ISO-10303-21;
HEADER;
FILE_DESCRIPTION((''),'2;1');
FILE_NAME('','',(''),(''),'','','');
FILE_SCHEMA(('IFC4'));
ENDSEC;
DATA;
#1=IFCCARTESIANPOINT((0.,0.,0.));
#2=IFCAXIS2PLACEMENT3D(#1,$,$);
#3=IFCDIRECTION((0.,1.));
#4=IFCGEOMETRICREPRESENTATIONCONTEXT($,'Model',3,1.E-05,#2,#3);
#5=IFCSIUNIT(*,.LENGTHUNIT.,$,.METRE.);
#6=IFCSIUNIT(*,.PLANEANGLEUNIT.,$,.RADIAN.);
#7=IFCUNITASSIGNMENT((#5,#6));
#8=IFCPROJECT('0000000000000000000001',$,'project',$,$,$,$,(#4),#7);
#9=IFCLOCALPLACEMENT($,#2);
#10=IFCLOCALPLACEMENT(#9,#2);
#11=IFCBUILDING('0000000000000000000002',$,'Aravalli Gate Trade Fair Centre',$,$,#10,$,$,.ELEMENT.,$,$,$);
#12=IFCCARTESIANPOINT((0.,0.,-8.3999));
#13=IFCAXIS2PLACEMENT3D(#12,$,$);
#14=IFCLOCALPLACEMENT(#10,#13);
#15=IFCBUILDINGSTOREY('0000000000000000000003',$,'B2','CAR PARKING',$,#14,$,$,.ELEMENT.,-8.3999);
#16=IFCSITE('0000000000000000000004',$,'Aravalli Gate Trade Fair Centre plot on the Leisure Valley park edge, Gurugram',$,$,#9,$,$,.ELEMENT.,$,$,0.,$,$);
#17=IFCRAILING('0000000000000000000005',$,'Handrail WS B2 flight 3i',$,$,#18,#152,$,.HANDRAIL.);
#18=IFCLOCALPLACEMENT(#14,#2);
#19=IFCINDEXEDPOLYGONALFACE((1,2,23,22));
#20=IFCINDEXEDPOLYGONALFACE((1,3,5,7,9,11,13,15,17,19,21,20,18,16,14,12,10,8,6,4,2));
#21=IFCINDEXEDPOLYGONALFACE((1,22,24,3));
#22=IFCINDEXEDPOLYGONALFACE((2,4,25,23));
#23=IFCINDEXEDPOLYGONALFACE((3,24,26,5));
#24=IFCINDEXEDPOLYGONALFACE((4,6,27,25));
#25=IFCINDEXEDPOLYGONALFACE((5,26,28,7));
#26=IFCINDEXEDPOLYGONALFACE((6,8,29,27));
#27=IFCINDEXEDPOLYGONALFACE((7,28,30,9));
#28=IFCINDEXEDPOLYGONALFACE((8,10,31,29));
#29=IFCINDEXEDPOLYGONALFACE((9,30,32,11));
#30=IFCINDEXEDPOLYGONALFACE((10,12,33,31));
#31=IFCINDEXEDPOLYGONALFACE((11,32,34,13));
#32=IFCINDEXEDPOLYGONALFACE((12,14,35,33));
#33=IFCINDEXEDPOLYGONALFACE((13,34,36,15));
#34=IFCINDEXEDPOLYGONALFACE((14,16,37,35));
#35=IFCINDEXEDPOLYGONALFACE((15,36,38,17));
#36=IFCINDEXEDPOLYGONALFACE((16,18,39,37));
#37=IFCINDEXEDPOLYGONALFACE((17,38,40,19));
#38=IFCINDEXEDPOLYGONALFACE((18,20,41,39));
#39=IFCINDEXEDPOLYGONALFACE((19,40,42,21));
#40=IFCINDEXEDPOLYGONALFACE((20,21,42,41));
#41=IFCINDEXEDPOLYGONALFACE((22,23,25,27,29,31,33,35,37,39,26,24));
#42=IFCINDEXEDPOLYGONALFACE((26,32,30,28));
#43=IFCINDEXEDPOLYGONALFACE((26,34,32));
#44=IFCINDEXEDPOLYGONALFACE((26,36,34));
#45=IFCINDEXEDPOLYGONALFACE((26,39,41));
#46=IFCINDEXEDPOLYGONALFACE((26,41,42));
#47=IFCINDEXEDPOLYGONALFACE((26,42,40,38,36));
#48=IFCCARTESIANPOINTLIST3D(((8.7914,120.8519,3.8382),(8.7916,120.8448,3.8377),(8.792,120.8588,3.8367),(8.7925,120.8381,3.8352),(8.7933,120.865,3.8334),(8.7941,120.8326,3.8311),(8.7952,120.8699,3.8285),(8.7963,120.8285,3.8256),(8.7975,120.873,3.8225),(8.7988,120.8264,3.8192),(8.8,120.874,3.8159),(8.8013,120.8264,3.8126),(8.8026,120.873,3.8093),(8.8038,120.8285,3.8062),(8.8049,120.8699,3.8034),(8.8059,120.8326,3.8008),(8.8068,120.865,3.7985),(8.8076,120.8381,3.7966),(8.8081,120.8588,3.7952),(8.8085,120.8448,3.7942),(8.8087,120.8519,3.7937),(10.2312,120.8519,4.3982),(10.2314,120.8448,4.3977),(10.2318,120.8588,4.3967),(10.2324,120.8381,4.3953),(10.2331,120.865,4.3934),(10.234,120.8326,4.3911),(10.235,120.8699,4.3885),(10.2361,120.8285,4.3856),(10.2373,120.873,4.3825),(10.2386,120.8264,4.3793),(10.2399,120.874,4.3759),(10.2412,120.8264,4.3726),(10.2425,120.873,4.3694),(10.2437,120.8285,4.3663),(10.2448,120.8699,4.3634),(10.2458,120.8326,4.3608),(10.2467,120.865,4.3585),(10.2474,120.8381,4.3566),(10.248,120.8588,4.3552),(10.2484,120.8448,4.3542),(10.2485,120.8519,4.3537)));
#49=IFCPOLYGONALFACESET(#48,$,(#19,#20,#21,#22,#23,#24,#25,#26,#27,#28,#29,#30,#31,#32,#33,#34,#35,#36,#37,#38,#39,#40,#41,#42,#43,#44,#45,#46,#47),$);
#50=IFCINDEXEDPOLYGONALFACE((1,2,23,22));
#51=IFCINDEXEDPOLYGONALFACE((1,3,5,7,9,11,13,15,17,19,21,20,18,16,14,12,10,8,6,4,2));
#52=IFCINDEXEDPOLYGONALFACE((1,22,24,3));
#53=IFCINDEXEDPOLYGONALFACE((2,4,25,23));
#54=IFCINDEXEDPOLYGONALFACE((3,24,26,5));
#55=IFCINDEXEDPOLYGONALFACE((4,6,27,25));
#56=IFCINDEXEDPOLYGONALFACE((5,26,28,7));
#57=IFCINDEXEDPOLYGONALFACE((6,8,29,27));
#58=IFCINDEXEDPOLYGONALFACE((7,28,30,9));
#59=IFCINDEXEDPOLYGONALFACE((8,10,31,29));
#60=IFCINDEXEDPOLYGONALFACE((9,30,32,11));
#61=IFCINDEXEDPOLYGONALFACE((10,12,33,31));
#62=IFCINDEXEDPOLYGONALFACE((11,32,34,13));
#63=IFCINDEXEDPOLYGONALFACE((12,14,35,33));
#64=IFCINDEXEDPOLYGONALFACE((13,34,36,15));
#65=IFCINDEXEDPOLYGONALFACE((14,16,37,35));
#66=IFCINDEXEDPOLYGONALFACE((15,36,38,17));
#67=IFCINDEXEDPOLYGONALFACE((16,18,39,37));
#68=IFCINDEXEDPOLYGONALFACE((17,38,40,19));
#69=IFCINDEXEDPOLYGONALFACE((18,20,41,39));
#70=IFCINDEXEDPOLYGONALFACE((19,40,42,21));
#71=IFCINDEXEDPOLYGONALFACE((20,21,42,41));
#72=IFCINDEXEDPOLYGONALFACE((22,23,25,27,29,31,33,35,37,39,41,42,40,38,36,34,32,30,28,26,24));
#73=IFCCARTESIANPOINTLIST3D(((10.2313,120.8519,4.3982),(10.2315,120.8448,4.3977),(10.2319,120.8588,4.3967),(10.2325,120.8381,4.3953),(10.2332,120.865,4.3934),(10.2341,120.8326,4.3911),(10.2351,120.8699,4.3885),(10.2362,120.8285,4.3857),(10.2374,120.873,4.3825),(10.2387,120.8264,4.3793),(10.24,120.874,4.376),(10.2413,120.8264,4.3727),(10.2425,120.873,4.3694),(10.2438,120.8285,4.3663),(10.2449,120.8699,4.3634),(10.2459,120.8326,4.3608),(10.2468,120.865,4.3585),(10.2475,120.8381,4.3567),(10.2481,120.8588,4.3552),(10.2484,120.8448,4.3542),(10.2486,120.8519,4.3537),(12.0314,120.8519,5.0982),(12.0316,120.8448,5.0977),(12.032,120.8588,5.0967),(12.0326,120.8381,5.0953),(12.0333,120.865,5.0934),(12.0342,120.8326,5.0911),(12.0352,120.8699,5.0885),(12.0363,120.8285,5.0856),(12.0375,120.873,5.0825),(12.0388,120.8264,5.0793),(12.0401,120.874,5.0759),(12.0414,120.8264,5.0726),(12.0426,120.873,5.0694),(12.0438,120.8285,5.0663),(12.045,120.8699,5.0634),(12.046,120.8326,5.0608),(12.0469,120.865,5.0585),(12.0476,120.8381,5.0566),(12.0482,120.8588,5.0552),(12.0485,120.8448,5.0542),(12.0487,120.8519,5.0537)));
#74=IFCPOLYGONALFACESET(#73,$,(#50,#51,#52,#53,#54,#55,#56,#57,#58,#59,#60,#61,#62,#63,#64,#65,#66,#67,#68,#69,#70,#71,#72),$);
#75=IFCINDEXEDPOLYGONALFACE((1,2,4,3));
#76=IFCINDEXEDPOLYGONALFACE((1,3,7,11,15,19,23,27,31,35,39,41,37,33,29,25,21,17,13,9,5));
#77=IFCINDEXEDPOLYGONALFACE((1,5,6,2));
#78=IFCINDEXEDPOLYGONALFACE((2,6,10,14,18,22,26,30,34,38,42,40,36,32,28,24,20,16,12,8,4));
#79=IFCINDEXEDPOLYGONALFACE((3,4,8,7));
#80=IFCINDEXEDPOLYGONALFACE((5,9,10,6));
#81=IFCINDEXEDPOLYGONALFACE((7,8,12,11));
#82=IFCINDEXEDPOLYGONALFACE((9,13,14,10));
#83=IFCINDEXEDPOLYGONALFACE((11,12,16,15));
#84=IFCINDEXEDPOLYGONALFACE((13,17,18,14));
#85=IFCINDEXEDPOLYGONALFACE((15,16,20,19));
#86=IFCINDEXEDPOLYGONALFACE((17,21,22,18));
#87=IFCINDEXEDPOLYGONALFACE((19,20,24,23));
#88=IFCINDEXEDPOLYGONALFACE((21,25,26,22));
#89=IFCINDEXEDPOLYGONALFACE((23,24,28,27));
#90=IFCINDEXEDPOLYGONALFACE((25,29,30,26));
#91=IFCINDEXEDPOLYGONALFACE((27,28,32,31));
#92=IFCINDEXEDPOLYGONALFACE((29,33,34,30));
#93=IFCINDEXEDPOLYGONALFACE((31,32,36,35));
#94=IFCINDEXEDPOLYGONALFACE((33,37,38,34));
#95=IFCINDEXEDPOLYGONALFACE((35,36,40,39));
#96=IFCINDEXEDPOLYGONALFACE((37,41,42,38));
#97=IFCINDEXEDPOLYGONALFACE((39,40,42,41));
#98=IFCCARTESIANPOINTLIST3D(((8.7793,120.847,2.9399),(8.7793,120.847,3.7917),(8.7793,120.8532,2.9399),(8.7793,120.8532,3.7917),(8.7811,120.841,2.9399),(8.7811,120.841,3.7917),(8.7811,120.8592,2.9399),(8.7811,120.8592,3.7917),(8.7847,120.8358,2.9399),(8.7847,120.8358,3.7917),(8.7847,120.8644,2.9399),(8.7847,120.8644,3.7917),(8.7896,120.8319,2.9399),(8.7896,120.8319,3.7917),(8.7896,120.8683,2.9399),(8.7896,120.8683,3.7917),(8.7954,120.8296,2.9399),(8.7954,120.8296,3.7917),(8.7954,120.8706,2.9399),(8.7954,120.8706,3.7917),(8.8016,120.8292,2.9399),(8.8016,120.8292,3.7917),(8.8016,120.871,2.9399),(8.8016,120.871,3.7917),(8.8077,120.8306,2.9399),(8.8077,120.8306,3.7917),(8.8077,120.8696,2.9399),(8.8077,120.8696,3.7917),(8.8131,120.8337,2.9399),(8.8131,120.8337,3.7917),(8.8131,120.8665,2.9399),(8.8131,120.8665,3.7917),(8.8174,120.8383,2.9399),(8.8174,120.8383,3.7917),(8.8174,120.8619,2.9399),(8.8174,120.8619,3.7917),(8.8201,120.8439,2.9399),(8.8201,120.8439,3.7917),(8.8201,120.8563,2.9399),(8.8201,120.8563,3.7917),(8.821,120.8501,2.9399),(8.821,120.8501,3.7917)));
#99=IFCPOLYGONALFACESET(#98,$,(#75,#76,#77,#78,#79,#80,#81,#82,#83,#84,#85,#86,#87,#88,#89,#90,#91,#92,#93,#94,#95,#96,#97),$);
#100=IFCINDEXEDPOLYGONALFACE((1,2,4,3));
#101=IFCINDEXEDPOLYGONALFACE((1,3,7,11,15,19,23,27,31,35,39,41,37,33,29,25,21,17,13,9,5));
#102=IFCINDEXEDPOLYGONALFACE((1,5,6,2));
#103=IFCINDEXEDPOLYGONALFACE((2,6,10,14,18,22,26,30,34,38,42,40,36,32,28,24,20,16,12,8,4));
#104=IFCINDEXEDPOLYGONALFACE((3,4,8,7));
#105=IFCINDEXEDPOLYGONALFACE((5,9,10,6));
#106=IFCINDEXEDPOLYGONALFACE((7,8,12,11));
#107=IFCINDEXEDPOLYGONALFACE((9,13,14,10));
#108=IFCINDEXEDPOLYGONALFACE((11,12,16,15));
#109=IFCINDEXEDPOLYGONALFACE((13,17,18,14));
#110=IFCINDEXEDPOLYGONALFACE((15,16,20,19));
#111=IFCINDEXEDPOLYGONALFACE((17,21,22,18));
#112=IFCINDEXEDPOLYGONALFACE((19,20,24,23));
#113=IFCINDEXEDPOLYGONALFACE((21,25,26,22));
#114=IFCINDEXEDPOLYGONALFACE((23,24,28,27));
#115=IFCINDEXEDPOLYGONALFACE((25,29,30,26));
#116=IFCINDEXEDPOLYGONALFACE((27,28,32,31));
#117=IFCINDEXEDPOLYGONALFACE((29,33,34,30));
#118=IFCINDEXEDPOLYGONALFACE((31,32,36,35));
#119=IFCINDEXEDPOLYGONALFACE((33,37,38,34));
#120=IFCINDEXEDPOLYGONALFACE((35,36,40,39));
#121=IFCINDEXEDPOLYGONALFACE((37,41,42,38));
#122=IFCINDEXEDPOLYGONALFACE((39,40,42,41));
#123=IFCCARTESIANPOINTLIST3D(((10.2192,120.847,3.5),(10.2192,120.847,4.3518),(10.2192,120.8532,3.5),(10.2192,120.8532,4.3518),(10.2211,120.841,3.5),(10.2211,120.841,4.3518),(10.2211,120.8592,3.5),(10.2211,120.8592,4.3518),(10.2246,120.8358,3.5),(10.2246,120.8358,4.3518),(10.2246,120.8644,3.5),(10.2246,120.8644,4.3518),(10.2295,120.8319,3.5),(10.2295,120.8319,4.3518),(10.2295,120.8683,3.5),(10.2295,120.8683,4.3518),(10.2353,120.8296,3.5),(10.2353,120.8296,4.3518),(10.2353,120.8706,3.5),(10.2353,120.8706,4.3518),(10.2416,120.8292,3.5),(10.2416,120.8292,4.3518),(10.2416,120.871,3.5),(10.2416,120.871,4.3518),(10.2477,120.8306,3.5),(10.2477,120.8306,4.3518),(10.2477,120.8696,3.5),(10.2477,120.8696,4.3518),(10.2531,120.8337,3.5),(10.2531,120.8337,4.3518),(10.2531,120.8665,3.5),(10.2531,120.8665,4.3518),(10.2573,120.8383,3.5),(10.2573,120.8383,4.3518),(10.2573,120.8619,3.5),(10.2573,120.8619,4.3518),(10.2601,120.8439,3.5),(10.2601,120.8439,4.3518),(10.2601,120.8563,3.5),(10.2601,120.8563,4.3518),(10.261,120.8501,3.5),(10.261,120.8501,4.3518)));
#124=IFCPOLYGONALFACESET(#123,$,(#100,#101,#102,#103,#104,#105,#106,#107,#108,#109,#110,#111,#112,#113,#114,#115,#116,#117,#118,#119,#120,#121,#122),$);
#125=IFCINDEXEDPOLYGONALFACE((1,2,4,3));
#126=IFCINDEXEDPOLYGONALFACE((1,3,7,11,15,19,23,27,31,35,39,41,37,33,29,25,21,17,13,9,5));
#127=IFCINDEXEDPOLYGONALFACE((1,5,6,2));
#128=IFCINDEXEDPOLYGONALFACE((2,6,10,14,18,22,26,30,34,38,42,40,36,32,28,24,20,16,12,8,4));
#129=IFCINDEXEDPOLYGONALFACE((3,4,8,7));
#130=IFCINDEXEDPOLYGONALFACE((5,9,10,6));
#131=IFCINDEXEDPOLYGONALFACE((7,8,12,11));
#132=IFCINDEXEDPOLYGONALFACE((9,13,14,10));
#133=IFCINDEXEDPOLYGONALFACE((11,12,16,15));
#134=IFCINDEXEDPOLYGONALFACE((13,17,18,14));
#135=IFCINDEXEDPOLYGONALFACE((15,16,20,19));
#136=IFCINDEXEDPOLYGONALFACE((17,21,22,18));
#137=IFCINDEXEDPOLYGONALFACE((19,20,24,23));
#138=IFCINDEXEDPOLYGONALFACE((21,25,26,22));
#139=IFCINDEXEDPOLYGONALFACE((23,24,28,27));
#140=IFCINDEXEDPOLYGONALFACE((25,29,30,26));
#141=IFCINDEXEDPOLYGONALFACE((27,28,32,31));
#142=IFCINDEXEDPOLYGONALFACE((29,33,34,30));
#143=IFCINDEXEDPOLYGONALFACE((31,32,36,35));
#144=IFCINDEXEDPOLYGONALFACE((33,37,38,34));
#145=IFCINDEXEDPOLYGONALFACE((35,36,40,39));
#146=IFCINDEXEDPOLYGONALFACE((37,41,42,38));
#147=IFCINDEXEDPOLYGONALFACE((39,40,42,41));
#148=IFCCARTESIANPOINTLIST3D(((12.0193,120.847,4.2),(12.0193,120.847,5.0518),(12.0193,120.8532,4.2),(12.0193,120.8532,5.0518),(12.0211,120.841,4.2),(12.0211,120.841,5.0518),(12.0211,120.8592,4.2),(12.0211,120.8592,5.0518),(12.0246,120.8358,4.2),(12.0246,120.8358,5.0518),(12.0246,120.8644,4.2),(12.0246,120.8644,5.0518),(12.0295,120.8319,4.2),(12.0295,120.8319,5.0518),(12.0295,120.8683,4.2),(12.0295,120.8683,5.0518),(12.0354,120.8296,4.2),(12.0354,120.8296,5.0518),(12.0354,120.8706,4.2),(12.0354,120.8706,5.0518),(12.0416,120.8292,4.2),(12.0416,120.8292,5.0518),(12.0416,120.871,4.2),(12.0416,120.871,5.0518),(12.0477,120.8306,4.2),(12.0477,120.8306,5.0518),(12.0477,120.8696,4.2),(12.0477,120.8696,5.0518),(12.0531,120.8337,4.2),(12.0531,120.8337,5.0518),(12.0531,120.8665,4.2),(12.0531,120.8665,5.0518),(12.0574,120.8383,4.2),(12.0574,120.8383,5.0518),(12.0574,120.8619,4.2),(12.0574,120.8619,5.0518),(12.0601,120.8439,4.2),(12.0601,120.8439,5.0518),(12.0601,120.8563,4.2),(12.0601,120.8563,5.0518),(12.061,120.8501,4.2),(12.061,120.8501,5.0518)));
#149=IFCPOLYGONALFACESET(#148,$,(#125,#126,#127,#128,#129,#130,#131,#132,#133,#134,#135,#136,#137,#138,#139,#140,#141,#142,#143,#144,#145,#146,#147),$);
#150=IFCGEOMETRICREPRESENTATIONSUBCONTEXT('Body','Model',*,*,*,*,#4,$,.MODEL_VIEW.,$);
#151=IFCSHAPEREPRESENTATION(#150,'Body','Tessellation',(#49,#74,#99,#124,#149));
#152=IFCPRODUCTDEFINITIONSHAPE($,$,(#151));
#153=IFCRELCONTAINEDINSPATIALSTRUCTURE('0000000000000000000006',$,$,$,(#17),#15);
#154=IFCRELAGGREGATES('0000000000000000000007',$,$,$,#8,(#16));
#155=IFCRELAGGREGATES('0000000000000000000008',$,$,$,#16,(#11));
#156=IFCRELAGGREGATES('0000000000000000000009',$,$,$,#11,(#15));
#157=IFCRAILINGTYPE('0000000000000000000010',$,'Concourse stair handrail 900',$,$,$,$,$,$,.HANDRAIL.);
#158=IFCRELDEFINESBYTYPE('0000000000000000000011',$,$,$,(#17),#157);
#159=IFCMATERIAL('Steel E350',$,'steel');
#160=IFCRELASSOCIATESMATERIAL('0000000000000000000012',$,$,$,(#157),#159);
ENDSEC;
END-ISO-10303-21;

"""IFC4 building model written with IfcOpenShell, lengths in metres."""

from ifc_helpers import new_model, si_unit, direction, frame, origin, origin_2d, place, context, subcontext, project, spatial, circle, extrude, material, type_object, element, save


model = new_model("IFC4")

# Units and contexts
model_context = context("Model", 3, precision=1e-05, world=origin(), true_north=direction((0.0, 1.0)))
body_context = subcontext(model_context, "Body", "Model", "MODEL_VIEW")
ifc_project = project(units=[si_unit("LENGTHUNIT", "METRE"), si_unit("PLANEANGLEUNIT", "RADIAN")], contexts=[model_context])

# Site, building, storey
site_placement = place(None, origin())
site = spatial("IfcSite", under=ifc_project, at=site_placement, Name="Aravalli Gate Trade Fair Centre plot on the Leisure Valley park edge, Gurugram", CompositionType="ELEMENT", RefElevation=0.0)
building_placement = place(site_placement, origin())
building = spatial("IfcBuilding", under=site, at=building_placement, Name="Aravalli Gate Trade Fair Centre", CompositionType="ELEMENT")
storey_placement = place(building_placement, frame((0.0, 0.0, -8.3999)))
storey = spatial("IfcBuildingStorey", under=building, at=storey_placement, Name="B2", Description="CAR PARKING", CompositionType="ELEMENT", Elevation=-8.3999)

# Railing
ifc_material_1 = material(Name="Steel E350", Category="steel")
railing_type = type_object("IfcRailingType", Name="Concourse stair handrail 900", PredefinedType="HANDRAIL", material=ifc_material_1)
for number, where, name in (
    (1, (8.8, 120.8501, 2.9399), "Handrail WS B2 flight 3i"),
):
    element("IfcRailing", number, at=place(storey_placement, frame(where)), inside=storey, type_object=railing_type, Name=name, PredefinedType="HANDRAIL", context=body_context, shape_type="SweptSolid", body=[
        extrude(circle(Radius=0.0239, at=origin_2d()), frame((0.0, 0.0, 0.876), z_axis=(0.931987, 0.0, 0.362492), x_axis=(0.0, 1.0, 0.0)), (0.0, 0.0, 1.0), 1.5449),
        extrude(circle(Radius=0.0239, at=origin_2d()), frame((1.4399, 0.0, 1.436), z_axis=(0.932017, 0.0, 0.362416), x_axis=(0.0, 1.0, 0.0)), (0.0, 0.0, 1.0), 1.9314),
        extrude(circle(Radius=0.021, at=origin_2d()), origin(), (0.0, 0.0, 1.0), 0.8518),
        extrude(circle(Radius=0.021, at=origin_2d()), frame((1.4399, 0.0, 0.5601)), (0.0, 0.0, 1.0), 0.8518),
        extrude(circle(Radius=0.021, at=origin_2d()), frame((3.24, 0.0, 1.26)), (0.0, 0.0, 1.0), 0.8518),
    ])

save(model, "model.ifc")
